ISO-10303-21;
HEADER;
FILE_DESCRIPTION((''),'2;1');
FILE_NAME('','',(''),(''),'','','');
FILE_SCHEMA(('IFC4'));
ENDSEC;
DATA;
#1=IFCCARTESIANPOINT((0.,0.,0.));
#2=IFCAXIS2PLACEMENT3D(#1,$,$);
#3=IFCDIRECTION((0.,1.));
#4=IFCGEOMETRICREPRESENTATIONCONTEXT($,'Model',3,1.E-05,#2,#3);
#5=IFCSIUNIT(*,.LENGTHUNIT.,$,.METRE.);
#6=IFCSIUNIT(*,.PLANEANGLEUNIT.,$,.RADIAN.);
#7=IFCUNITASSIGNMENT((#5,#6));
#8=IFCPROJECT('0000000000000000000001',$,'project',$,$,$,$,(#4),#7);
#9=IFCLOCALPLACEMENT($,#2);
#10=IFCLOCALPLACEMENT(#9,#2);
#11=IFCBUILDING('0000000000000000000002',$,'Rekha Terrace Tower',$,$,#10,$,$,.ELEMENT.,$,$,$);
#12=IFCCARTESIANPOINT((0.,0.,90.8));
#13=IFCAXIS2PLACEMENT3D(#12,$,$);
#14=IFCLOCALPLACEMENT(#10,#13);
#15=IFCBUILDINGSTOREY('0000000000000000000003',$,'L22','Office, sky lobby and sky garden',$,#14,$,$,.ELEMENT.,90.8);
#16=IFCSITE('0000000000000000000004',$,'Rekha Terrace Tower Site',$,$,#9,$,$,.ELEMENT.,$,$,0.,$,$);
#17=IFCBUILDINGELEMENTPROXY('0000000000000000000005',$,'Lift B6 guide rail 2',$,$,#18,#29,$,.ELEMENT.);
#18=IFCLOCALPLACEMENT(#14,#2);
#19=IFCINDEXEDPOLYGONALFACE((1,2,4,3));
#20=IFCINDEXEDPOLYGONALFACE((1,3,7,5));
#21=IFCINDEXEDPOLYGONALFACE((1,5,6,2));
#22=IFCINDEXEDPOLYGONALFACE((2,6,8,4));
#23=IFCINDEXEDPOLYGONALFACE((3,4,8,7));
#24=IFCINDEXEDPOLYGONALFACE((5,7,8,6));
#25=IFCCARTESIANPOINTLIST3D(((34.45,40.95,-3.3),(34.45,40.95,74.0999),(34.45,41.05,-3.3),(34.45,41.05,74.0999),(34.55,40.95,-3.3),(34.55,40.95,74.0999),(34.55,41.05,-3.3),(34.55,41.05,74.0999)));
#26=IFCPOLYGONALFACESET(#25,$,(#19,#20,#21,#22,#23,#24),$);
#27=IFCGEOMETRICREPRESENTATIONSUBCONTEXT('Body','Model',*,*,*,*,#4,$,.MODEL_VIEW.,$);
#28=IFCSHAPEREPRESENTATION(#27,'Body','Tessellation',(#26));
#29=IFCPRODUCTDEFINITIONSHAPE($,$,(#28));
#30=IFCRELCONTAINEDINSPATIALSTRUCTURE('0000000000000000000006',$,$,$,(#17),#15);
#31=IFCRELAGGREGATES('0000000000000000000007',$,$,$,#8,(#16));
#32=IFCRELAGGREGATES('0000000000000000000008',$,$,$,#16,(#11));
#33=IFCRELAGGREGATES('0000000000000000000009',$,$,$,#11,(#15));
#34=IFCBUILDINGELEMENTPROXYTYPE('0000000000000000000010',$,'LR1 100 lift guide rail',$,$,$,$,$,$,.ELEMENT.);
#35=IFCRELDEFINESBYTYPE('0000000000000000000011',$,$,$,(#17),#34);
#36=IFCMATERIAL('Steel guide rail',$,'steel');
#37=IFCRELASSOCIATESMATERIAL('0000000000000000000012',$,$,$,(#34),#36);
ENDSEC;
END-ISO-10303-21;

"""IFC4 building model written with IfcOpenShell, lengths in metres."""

from ifc_helpers import new_model, si_unit, direction, frame, origin, origin_2d, place, context, subcontext, project, spatial, rectangle, extrude, material, type_object, element, save


model = new_model("IFC4")

# Units and contexts
model_context = context("Model", 3, precision=1e-05, world=origin(), true_north=direction((0.0, 1.0)))
body_context = subcontext(model_context, "Body", "Model", "MODEL_VIEW")
ifc_project = project(units=[si_unit("LENGTHUNIT", "METRE"), si_unit("PLANEANGLEUNIT", "RADIAN")], contexts=[model_context])

# Site, building, storey
site_placement = place(None, origin())
site = spatial("IfcSite", under=ifc_project, at=site_placement, Name="Rekha Terrace Tower Site", CompositionType="ELEMENT", RefElevation=0.0)
building_placement = place(site_placement, origin())
building = spatial("IfcBuilding", under=site, at=building_placement, Name="Rekha Terrace Tower", CompositionType="ELEMENT")
storey_placement = place(building_placement, frame((0.0, 0.0, 90.8)))
storey = spatial("IfcBuildingStorey", under=building, at=storey_placement, Name="L22", Description="Office, sky lobby and sky garden", CompositionType="ELEMENT", Elevation=90.8)

# Building element proxy
ifc_material_1 = material(Name="Steel guide rail", Category="steel")
building_element_proxy_type = type_object("IfcBuildingElementProxyType", Name="LR1 100 lift guide rail", PredefinedType="ELEMENT", material=ifc_material_1)
for number, where, z_axis, x_axis, name in (
    (1, (34.5, 41.0, -3.3), (0.0, 0.0, 1.0), (1.0, 0.0, 0.0), "Lift B6 guide rail 2"),
):
    element("IfcBuildingElementProxy", number, at=place(storey_placement, frame(where, z_axis=z_axis, x_axis=x_axis)), inside=storey, type_object=building_element_proxy_type, Name=name, PredefinedType="ELEMENT", context=body_context, shape_type="SweptSolid", body=[
        extrude(rectangle(XDim=0.1001, YDim=0.1001, at=origin_2d()), origin(), (0.0, 0.0, 1.0), 77.3999),
    ])

save(model, "model.ifc")
